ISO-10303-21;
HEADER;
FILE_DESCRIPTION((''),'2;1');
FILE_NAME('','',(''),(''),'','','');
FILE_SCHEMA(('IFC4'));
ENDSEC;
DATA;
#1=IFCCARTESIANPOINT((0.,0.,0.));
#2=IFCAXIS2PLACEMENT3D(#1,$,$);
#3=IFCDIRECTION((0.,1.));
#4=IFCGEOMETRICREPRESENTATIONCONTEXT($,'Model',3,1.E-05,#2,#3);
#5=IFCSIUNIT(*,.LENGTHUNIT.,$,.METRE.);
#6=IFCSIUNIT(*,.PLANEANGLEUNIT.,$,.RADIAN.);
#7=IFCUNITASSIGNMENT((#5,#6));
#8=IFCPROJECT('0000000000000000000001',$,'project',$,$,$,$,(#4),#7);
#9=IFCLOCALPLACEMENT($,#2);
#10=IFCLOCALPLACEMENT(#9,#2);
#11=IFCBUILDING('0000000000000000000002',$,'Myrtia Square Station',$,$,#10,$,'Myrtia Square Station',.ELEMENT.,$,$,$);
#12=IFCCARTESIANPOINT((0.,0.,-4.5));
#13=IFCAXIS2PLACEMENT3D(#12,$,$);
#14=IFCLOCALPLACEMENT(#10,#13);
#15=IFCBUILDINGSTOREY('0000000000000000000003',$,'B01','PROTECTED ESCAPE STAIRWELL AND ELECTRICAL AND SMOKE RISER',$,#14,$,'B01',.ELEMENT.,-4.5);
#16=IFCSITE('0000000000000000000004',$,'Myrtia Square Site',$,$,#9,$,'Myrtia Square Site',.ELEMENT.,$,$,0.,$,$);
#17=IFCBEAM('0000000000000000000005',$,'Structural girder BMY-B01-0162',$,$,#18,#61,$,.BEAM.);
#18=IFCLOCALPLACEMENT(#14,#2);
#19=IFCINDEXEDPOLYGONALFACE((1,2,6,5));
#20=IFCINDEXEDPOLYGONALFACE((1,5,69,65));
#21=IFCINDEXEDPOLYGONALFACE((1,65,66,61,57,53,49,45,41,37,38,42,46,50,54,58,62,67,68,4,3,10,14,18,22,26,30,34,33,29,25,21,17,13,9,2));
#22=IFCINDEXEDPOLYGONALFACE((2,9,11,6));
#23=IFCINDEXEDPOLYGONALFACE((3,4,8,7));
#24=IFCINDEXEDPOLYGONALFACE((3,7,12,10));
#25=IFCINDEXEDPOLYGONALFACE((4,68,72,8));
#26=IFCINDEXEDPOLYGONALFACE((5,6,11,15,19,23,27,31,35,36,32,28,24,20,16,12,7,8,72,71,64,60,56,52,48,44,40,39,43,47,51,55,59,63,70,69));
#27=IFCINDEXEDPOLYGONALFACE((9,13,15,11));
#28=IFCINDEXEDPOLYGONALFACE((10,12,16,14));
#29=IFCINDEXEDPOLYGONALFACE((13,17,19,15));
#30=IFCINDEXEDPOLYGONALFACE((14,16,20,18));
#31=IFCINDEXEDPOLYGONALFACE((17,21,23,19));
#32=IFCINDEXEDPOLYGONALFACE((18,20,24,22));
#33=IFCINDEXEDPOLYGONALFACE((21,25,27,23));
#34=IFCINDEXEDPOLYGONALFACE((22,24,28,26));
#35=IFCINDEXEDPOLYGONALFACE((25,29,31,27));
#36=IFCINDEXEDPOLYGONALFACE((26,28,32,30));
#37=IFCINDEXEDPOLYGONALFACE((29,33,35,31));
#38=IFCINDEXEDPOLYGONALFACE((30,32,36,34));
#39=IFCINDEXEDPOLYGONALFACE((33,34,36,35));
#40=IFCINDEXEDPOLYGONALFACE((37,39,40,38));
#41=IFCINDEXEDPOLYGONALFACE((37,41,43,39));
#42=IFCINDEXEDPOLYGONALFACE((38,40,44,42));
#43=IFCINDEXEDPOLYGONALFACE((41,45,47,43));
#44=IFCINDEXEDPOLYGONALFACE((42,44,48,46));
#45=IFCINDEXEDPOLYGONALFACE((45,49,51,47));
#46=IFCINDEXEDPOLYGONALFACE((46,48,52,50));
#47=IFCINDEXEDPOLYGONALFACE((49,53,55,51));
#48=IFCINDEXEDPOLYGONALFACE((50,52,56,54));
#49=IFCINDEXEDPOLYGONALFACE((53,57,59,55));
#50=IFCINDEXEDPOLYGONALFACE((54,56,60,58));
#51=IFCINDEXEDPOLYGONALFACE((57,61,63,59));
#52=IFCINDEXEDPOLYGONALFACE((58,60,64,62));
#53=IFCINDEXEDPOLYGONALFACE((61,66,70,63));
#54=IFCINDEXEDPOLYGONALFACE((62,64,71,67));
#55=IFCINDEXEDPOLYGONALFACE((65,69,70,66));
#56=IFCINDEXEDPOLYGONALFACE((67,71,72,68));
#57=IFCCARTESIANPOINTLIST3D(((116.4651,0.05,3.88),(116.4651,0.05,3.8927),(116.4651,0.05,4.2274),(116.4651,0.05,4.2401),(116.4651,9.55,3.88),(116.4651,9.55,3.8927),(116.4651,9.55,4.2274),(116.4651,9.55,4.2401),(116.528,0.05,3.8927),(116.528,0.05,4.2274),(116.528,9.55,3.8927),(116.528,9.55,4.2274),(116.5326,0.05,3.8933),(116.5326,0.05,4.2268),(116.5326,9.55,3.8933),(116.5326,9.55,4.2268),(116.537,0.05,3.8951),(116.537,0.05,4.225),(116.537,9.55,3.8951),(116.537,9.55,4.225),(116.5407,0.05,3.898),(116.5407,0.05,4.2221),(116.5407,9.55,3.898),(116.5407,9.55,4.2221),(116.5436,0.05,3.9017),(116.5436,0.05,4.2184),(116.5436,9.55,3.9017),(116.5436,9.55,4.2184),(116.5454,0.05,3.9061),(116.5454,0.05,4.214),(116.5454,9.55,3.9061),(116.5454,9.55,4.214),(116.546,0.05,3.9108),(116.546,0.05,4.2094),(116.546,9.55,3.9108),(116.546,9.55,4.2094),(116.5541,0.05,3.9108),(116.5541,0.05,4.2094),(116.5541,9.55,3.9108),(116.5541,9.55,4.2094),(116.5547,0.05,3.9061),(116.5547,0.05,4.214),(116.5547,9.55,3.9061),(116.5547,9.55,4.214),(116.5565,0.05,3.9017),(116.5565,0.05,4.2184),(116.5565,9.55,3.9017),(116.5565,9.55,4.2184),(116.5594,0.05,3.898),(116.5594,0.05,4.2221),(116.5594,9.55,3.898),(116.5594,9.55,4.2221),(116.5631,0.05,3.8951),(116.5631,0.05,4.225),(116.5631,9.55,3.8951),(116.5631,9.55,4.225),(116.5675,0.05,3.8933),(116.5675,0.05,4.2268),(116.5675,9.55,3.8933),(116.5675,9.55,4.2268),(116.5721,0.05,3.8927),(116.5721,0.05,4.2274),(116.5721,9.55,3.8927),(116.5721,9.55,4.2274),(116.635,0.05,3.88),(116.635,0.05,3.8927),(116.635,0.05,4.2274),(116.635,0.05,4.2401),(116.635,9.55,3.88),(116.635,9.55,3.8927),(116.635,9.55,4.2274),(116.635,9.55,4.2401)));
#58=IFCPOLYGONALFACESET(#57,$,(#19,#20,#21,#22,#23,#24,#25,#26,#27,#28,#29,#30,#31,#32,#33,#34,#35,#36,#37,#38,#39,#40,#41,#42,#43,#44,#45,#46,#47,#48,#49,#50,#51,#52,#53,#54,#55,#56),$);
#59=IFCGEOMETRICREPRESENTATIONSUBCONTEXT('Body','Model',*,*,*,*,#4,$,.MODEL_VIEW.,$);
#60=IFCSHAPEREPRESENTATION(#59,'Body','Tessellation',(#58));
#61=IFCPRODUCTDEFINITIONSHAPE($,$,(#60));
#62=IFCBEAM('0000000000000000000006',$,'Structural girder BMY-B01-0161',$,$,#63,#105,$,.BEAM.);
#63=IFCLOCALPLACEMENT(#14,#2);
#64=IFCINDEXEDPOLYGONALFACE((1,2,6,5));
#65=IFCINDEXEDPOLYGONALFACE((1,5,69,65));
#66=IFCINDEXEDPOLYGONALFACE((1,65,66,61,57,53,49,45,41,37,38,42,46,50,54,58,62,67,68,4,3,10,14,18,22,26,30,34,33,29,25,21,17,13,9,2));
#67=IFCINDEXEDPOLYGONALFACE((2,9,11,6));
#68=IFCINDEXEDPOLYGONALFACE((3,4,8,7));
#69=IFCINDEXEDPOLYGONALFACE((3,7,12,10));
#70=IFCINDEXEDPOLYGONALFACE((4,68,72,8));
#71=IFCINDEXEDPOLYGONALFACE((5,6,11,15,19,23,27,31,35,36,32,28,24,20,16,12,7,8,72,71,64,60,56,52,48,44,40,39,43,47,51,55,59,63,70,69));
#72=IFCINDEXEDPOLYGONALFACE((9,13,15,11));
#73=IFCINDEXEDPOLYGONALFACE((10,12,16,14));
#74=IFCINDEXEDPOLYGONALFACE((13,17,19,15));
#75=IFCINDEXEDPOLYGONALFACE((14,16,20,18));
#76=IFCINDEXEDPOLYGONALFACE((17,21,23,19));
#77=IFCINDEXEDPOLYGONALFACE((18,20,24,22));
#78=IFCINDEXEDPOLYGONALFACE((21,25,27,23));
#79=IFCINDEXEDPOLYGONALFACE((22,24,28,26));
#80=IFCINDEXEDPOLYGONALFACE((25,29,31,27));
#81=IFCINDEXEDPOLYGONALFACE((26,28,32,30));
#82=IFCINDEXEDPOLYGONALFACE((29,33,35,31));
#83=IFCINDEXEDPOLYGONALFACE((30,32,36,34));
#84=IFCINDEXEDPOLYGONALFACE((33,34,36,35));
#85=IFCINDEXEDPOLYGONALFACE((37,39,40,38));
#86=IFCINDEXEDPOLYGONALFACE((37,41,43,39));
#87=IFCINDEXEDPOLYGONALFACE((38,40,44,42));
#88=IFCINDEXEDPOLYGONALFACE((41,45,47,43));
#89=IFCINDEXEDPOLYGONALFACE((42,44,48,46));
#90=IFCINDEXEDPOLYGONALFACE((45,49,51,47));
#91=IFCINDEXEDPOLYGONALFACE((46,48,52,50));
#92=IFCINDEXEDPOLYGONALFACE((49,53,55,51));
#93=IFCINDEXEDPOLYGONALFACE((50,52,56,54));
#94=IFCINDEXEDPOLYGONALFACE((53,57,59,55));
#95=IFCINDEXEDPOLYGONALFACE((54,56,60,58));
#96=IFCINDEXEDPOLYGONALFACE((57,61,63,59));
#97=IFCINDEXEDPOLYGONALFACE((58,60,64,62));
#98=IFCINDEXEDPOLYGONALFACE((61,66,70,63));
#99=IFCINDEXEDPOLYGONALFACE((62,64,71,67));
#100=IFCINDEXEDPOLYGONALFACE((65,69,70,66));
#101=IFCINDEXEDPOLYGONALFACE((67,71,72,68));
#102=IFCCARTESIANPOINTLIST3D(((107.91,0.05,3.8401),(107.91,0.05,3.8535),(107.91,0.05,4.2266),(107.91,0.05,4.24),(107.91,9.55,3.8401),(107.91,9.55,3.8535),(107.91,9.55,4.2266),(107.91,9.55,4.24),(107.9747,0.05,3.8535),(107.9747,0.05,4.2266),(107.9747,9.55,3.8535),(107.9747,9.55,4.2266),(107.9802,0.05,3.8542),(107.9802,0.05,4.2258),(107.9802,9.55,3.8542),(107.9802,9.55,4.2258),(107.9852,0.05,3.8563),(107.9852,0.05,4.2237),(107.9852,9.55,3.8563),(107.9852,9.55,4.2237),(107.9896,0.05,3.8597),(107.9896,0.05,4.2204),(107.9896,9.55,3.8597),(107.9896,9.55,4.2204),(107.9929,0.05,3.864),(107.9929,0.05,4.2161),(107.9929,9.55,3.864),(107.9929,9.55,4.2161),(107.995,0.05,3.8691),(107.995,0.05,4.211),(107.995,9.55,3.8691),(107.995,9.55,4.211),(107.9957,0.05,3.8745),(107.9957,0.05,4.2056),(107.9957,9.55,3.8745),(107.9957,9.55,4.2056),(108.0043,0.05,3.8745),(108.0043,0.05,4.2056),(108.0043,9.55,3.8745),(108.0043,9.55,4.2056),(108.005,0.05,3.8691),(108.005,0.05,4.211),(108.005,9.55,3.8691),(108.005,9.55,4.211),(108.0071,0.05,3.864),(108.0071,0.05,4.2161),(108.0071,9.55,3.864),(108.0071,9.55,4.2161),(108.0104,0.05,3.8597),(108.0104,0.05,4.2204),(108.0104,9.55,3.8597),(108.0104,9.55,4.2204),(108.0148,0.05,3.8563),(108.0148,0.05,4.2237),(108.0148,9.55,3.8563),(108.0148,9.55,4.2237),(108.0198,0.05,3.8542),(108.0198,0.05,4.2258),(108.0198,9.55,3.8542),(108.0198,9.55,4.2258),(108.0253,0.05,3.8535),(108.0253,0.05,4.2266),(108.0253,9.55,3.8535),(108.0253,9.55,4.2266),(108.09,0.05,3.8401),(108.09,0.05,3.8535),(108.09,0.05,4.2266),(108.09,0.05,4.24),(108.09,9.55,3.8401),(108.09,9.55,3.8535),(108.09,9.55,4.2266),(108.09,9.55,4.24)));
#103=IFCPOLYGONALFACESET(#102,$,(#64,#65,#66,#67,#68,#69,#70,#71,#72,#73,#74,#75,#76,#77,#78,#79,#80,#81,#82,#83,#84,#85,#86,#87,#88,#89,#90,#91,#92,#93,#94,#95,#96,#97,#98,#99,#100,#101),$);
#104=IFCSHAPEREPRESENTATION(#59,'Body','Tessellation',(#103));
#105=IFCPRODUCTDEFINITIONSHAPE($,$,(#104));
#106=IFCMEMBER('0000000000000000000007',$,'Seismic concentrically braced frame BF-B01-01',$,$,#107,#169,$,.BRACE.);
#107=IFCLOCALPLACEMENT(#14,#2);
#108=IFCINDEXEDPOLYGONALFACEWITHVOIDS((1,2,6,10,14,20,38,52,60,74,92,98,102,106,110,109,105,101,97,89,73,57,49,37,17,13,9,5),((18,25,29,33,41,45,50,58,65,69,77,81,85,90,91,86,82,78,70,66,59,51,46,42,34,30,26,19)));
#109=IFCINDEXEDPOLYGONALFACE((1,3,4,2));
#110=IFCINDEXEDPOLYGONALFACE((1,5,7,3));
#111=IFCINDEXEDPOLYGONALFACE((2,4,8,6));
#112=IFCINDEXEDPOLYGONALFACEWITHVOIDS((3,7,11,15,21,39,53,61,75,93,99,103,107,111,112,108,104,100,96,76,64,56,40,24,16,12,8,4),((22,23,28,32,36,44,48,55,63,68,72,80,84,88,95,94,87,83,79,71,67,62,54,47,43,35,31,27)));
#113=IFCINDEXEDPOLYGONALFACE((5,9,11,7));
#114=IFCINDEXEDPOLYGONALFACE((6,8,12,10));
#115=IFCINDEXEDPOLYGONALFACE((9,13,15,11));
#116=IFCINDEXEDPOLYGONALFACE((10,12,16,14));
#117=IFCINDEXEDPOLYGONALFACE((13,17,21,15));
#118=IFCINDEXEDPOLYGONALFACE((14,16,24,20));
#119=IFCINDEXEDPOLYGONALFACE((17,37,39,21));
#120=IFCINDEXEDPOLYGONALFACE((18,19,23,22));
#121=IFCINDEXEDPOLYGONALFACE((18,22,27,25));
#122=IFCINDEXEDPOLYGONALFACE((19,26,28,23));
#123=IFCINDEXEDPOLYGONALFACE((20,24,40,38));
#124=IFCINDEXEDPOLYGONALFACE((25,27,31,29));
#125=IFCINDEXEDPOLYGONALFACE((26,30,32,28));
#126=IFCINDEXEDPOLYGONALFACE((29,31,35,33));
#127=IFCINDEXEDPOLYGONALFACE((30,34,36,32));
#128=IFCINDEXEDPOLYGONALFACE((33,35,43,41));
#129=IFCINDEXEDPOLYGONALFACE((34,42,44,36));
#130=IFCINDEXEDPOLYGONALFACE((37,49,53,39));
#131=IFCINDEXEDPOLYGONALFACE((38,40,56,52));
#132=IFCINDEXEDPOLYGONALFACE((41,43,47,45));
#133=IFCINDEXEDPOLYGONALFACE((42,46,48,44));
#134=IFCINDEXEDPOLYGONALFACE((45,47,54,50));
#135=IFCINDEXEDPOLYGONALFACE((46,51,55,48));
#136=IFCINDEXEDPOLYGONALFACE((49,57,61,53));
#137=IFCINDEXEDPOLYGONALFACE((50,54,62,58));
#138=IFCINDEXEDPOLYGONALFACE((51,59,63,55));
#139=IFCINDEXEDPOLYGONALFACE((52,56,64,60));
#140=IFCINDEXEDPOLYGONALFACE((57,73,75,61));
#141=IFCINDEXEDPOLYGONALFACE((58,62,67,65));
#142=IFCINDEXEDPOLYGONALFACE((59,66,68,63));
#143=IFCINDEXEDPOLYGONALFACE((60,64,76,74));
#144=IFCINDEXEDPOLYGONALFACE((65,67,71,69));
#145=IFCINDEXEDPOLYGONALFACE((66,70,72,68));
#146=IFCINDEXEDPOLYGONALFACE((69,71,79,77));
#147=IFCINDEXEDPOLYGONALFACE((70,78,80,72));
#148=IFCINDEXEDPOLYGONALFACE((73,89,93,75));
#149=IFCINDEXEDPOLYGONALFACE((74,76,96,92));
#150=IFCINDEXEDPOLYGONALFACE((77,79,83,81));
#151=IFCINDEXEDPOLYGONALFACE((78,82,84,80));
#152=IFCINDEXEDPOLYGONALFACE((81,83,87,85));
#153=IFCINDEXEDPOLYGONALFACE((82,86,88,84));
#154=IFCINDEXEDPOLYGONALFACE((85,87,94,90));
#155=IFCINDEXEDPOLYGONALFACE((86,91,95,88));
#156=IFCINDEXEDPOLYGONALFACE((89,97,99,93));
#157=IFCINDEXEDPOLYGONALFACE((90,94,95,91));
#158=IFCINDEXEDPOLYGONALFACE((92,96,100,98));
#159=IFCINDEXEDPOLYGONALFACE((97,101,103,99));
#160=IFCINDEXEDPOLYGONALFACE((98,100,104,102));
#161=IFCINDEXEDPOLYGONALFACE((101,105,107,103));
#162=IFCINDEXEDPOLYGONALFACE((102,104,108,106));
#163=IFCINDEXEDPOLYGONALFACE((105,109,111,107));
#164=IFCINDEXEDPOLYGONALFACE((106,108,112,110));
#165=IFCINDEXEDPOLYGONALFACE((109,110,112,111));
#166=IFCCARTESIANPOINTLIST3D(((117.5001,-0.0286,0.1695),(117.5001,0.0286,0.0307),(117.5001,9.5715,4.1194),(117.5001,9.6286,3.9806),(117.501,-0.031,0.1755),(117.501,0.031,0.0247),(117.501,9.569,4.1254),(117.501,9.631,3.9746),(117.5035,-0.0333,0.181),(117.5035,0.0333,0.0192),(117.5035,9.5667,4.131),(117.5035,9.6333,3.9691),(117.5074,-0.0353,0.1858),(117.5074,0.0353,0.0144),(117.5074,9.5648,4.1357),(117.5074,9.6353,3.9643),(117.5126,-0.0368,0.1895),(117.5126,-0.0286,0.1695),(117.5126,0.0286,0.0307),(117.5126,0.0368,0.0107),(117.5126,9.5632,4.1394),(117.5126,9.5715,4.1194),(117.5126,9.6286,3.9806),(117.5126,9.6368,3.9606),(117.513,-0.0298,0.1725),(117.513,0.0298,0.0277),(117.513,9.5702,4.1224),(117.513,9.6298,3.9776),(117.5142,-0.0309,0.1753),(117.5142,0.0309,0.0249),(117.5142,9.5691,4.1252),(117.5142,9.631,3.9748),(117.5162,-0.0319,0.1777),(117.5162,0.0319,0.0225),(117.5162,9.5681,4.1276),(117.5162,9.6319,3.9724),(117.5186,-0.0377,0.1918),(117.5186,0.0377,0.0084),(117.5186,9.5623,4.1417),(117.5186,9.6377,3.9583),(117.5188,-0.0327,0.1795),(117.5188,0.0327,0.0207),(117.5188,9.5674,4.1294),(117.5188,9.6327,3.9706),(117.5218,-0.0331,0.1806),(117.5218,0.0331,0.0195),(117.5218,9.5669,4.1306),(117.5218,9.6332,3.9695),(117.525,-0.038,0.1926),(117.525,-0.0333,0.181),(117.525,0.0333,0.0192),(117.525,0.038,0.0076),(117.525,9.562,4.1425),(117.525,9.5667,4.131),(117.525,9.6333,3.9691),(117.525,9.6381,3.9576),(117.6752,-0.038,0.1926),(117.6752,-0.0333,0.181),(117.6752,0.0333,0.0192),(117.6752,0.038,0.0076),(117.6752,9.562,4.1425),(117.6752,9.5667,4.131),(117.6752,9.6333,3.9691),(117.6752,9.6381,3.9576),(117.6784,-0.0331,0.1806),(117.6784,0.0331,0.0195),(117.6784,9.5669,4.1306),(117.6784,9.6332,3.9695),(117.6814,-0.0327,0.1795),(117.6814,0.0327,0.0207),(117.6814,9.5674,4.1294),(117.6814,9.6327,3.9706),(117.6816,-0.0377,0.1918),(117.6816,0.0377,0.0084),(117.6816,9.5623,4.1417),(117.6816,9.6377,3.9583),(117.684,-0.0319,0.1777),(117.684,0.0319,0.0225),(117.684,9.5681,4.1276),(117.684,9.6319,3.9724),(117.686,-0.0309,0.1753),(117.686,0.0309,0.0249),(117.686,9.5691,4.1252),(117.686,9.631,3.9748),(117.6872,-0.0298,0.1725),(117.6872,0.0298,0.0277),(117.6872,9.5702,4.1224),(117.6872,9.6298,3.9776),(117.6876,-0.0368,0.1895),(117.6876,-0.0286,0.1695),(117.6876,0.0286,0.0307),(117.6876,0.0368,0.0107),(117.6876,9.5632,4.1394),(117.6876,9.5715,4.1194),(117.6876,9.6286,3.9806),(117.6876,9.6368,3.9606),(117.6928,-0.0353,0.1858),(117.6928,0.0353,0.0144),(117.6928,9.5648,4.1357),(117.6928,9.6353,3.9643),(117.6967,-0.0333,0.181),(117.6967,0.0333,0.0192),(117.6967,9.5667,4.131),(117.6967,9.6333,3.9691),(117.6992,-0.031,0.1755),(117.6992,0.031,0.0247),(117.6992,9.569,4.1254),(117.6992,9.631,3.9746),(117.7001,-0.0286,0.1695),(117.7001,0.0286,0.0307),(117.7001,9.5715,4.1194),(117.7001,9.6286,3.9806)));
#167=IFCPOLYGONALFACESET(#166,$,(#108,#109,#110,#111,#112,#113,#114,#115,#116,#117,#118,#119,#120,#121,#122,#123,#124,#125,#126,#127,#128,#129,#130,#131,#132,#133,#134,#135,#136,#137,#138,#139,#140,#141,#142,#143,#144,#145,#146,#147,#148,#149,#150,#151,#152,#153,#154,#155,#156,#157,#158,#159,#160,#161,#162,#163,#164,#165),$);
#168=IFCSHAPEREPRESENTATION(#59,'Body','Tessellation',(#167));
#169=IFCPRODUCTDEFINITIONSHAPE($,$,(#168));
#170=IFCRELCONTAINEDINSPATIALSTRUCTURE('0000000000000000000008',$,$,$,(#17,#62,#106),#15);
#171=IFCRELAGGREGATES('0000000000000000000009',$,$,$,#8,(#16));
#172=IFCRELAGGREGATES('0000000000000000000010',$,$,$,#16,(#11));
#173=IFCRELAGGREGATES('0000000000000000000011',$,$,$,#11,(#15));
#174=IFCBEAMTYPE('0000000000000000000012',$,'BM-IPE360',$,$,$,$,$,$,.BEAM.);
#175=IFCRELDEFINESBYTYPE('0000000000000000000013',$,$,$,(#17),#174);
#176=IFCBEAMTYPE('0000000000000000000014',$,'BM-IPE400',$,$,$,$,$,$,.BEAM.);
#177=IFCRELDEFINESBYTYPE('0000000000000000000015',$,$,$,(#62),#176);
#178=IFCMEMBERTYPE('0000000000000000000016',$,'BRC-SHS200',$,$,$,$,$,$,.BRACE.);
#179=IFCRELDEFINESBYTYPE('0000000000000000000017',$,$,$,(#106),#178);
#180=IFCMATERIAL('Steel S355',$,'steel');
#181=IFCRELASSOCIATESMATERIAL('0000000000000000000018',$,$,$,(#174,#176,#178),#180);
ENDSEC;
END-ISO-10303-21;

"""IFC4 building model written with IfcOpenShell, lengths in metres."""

from ifc_helpers import new_model, si_unit, direction, frame, origin, origin_2d, place, context, subcontext, project, spatial, hollow_rectangle, i_section, extrude, material, material_profile, profile_set, type_object, element, save


model = new_model("IFC4")

# Units and contexts
model_context = context("Model", 3, precision=1e-05, world=origin(), true_north=direction((0.0, 1.0)))
body_context = subcontext(model_context, "Body", "Model", "MODEL_VIEW")
ifc_project = project(units=[si_unit("LENGTHUNIT", "METRE"), si_unit("PLANEANGLEUNIT", "RADIAN")], contexts=[model_context])

# Site, building, storey
site_placement = place(None, origin())
site = spatial("IfcSite", under=ifc_project, at=site_placement, Name="Myrtia Square Site", LongName="Myrtia Square Site", CompositionType="ELEMENT", RefElevation=0.0)
building_placement = place(site_placement, origin())
building = spatial("IfcBuilding", under=site, at=building_placement, Name="Myrtia Square Station", LongName="Myrtia Square Station", CompositionType="ELEMENT")
storey_placement = place(building_placement, frame((0.0, 0.0, -4.5)))
storey = spatial("IfcBuildingStorey", under=building, at=storey_placement, Name="B01", Description="PROTECTED ESCAPE STAIRWELL AND ELECTRICAL AND SMOKE RISER", LongName="B01", CompositionType="ELEMENT", Elevation=-4.5)

# Shared definitions
ifc_material_1 = material(Name="Steel S355", Category="steel")

# Beams
ifc_material_profile_1 = material_profile(ifc_material_1, i_section(OverallWidth=0.1699, OverallDepth=0.3601, WebThickness=0.0081, FlangeThickness=0.0127, FilletRadius=0.0181, at=origin_2d()), Name="IPE 360")
ifc_profile_set_1 = profile_set([ifc_material_profile_1], Name="Steel S355")
beam_type_1 = type_object("IfcBeamType", Name="BM-IPE360", PredefinedType="BEAM", material=ifc_profile_set_1)
beam_1_placement = place(storey_placement, frame((116.55, 0.05, 4.0601), z_axis=(0.0, 1.0, 0.0), x_axis=(-1.0, 0.0, 0.0)))
element("IfcBeam", 1, at=beam_1_placement, inside=storey, type_object=beam_type_1, Name="Structural girder BMY-B01-0162", PredefinedType="BEAM", context=body_context, shape_type="SweptSolid", body=[
    extrude(i_section(OverallWidth=0.1699, OverallDepth=0.3601, WebThickness=0.0081, FlangeThickness=0.0127, FilletRadius=0.0181, at=origin_2d()), origin(), (0.0, 0.0, 1.0), 9.5),
])
ifc_material_profile_2 = material_profile(ifc_material_1, i_section(OverallWidth=0.1799, OverallDepth=0.3999, WebThickness=0.0085, FlangeThickness=0.0134, FilletRadius=0.021, at=origin_2d()), Name="IPE 400")
ifc_profile_set_2 = profile_set([ifc_material_profile_2], Name="Steel S355")
beam_type_2 = type_object("IfcBeamType", Name="BM-IPE400", PredefinedType="BEAM", material=ifc_profile_set_2)
beam_2_placement = place(storey_placement, frame((108.0, 0.05, 4.04), z_axis=(0.0, 1.0, 0.0), x_axis=(-1.0, 0.0, 0.0)))
element("IfcBeam", 2, at=beam_2_placement, inside=storey, type_object=beam_type_2, Name="Structural girder BMY-B01-0161", PredefinedType="BEAM", context=body_context, shape_type="SweptSolid", body=[
    extrude(i_section(OverallWidth=0.1799, OverallDepth=0.3999, WebThickness=0.0085, FlangeThickness=0.0134, FilletRadius=0.021, at=origin_2d()), origin(), (0.0, 0.0, 1.0), 9.5),
])

# Member
ifc_material_profile_3 = material_profile(ifc_material_1, hollow_rectangle(XDim=0.2, YDim=0.2, WallThickness=0.0125, InnerFilletRadius=0.0125, OuterFilletRadius=0.0249, at=origin_2d()), Name="SHS 200x200x12.5")
ifc_profile_set_3 = profile_set([ifc_material_profile_3], Name="Steel S355")
member_type = type_object("IfcMemberType", Name="BRC-SHS200", PredefinedType="BRACE", material=ifc_profile_set_3)
member_placement = place(storey_placement, frame((117.6001, 0.0, 0.1001), z_axis=(0.0, 0.924781, 0.3805), x_axis=(-1.0, 0.0, 0.0)))
element("IfcMember", 3, at=member_placement, inside=storey, type_object=member_type, Name="Seismic concentrically braced frame BF-B01-01", PredefinedType="BRACE", context=body_context, shape_type="SweptSolid", body=[
    extrude(hollow_rectangle(XDim=0.2, YDim=0.2, WallThickness=0.0125, InnerFilletRadius=0.0125, OuterFilletRadius=0.0249, at=origin_2d()), origin(), (0.0, 0.0, 1.0), 10.3809),
])

save(model, "model.ifc")
